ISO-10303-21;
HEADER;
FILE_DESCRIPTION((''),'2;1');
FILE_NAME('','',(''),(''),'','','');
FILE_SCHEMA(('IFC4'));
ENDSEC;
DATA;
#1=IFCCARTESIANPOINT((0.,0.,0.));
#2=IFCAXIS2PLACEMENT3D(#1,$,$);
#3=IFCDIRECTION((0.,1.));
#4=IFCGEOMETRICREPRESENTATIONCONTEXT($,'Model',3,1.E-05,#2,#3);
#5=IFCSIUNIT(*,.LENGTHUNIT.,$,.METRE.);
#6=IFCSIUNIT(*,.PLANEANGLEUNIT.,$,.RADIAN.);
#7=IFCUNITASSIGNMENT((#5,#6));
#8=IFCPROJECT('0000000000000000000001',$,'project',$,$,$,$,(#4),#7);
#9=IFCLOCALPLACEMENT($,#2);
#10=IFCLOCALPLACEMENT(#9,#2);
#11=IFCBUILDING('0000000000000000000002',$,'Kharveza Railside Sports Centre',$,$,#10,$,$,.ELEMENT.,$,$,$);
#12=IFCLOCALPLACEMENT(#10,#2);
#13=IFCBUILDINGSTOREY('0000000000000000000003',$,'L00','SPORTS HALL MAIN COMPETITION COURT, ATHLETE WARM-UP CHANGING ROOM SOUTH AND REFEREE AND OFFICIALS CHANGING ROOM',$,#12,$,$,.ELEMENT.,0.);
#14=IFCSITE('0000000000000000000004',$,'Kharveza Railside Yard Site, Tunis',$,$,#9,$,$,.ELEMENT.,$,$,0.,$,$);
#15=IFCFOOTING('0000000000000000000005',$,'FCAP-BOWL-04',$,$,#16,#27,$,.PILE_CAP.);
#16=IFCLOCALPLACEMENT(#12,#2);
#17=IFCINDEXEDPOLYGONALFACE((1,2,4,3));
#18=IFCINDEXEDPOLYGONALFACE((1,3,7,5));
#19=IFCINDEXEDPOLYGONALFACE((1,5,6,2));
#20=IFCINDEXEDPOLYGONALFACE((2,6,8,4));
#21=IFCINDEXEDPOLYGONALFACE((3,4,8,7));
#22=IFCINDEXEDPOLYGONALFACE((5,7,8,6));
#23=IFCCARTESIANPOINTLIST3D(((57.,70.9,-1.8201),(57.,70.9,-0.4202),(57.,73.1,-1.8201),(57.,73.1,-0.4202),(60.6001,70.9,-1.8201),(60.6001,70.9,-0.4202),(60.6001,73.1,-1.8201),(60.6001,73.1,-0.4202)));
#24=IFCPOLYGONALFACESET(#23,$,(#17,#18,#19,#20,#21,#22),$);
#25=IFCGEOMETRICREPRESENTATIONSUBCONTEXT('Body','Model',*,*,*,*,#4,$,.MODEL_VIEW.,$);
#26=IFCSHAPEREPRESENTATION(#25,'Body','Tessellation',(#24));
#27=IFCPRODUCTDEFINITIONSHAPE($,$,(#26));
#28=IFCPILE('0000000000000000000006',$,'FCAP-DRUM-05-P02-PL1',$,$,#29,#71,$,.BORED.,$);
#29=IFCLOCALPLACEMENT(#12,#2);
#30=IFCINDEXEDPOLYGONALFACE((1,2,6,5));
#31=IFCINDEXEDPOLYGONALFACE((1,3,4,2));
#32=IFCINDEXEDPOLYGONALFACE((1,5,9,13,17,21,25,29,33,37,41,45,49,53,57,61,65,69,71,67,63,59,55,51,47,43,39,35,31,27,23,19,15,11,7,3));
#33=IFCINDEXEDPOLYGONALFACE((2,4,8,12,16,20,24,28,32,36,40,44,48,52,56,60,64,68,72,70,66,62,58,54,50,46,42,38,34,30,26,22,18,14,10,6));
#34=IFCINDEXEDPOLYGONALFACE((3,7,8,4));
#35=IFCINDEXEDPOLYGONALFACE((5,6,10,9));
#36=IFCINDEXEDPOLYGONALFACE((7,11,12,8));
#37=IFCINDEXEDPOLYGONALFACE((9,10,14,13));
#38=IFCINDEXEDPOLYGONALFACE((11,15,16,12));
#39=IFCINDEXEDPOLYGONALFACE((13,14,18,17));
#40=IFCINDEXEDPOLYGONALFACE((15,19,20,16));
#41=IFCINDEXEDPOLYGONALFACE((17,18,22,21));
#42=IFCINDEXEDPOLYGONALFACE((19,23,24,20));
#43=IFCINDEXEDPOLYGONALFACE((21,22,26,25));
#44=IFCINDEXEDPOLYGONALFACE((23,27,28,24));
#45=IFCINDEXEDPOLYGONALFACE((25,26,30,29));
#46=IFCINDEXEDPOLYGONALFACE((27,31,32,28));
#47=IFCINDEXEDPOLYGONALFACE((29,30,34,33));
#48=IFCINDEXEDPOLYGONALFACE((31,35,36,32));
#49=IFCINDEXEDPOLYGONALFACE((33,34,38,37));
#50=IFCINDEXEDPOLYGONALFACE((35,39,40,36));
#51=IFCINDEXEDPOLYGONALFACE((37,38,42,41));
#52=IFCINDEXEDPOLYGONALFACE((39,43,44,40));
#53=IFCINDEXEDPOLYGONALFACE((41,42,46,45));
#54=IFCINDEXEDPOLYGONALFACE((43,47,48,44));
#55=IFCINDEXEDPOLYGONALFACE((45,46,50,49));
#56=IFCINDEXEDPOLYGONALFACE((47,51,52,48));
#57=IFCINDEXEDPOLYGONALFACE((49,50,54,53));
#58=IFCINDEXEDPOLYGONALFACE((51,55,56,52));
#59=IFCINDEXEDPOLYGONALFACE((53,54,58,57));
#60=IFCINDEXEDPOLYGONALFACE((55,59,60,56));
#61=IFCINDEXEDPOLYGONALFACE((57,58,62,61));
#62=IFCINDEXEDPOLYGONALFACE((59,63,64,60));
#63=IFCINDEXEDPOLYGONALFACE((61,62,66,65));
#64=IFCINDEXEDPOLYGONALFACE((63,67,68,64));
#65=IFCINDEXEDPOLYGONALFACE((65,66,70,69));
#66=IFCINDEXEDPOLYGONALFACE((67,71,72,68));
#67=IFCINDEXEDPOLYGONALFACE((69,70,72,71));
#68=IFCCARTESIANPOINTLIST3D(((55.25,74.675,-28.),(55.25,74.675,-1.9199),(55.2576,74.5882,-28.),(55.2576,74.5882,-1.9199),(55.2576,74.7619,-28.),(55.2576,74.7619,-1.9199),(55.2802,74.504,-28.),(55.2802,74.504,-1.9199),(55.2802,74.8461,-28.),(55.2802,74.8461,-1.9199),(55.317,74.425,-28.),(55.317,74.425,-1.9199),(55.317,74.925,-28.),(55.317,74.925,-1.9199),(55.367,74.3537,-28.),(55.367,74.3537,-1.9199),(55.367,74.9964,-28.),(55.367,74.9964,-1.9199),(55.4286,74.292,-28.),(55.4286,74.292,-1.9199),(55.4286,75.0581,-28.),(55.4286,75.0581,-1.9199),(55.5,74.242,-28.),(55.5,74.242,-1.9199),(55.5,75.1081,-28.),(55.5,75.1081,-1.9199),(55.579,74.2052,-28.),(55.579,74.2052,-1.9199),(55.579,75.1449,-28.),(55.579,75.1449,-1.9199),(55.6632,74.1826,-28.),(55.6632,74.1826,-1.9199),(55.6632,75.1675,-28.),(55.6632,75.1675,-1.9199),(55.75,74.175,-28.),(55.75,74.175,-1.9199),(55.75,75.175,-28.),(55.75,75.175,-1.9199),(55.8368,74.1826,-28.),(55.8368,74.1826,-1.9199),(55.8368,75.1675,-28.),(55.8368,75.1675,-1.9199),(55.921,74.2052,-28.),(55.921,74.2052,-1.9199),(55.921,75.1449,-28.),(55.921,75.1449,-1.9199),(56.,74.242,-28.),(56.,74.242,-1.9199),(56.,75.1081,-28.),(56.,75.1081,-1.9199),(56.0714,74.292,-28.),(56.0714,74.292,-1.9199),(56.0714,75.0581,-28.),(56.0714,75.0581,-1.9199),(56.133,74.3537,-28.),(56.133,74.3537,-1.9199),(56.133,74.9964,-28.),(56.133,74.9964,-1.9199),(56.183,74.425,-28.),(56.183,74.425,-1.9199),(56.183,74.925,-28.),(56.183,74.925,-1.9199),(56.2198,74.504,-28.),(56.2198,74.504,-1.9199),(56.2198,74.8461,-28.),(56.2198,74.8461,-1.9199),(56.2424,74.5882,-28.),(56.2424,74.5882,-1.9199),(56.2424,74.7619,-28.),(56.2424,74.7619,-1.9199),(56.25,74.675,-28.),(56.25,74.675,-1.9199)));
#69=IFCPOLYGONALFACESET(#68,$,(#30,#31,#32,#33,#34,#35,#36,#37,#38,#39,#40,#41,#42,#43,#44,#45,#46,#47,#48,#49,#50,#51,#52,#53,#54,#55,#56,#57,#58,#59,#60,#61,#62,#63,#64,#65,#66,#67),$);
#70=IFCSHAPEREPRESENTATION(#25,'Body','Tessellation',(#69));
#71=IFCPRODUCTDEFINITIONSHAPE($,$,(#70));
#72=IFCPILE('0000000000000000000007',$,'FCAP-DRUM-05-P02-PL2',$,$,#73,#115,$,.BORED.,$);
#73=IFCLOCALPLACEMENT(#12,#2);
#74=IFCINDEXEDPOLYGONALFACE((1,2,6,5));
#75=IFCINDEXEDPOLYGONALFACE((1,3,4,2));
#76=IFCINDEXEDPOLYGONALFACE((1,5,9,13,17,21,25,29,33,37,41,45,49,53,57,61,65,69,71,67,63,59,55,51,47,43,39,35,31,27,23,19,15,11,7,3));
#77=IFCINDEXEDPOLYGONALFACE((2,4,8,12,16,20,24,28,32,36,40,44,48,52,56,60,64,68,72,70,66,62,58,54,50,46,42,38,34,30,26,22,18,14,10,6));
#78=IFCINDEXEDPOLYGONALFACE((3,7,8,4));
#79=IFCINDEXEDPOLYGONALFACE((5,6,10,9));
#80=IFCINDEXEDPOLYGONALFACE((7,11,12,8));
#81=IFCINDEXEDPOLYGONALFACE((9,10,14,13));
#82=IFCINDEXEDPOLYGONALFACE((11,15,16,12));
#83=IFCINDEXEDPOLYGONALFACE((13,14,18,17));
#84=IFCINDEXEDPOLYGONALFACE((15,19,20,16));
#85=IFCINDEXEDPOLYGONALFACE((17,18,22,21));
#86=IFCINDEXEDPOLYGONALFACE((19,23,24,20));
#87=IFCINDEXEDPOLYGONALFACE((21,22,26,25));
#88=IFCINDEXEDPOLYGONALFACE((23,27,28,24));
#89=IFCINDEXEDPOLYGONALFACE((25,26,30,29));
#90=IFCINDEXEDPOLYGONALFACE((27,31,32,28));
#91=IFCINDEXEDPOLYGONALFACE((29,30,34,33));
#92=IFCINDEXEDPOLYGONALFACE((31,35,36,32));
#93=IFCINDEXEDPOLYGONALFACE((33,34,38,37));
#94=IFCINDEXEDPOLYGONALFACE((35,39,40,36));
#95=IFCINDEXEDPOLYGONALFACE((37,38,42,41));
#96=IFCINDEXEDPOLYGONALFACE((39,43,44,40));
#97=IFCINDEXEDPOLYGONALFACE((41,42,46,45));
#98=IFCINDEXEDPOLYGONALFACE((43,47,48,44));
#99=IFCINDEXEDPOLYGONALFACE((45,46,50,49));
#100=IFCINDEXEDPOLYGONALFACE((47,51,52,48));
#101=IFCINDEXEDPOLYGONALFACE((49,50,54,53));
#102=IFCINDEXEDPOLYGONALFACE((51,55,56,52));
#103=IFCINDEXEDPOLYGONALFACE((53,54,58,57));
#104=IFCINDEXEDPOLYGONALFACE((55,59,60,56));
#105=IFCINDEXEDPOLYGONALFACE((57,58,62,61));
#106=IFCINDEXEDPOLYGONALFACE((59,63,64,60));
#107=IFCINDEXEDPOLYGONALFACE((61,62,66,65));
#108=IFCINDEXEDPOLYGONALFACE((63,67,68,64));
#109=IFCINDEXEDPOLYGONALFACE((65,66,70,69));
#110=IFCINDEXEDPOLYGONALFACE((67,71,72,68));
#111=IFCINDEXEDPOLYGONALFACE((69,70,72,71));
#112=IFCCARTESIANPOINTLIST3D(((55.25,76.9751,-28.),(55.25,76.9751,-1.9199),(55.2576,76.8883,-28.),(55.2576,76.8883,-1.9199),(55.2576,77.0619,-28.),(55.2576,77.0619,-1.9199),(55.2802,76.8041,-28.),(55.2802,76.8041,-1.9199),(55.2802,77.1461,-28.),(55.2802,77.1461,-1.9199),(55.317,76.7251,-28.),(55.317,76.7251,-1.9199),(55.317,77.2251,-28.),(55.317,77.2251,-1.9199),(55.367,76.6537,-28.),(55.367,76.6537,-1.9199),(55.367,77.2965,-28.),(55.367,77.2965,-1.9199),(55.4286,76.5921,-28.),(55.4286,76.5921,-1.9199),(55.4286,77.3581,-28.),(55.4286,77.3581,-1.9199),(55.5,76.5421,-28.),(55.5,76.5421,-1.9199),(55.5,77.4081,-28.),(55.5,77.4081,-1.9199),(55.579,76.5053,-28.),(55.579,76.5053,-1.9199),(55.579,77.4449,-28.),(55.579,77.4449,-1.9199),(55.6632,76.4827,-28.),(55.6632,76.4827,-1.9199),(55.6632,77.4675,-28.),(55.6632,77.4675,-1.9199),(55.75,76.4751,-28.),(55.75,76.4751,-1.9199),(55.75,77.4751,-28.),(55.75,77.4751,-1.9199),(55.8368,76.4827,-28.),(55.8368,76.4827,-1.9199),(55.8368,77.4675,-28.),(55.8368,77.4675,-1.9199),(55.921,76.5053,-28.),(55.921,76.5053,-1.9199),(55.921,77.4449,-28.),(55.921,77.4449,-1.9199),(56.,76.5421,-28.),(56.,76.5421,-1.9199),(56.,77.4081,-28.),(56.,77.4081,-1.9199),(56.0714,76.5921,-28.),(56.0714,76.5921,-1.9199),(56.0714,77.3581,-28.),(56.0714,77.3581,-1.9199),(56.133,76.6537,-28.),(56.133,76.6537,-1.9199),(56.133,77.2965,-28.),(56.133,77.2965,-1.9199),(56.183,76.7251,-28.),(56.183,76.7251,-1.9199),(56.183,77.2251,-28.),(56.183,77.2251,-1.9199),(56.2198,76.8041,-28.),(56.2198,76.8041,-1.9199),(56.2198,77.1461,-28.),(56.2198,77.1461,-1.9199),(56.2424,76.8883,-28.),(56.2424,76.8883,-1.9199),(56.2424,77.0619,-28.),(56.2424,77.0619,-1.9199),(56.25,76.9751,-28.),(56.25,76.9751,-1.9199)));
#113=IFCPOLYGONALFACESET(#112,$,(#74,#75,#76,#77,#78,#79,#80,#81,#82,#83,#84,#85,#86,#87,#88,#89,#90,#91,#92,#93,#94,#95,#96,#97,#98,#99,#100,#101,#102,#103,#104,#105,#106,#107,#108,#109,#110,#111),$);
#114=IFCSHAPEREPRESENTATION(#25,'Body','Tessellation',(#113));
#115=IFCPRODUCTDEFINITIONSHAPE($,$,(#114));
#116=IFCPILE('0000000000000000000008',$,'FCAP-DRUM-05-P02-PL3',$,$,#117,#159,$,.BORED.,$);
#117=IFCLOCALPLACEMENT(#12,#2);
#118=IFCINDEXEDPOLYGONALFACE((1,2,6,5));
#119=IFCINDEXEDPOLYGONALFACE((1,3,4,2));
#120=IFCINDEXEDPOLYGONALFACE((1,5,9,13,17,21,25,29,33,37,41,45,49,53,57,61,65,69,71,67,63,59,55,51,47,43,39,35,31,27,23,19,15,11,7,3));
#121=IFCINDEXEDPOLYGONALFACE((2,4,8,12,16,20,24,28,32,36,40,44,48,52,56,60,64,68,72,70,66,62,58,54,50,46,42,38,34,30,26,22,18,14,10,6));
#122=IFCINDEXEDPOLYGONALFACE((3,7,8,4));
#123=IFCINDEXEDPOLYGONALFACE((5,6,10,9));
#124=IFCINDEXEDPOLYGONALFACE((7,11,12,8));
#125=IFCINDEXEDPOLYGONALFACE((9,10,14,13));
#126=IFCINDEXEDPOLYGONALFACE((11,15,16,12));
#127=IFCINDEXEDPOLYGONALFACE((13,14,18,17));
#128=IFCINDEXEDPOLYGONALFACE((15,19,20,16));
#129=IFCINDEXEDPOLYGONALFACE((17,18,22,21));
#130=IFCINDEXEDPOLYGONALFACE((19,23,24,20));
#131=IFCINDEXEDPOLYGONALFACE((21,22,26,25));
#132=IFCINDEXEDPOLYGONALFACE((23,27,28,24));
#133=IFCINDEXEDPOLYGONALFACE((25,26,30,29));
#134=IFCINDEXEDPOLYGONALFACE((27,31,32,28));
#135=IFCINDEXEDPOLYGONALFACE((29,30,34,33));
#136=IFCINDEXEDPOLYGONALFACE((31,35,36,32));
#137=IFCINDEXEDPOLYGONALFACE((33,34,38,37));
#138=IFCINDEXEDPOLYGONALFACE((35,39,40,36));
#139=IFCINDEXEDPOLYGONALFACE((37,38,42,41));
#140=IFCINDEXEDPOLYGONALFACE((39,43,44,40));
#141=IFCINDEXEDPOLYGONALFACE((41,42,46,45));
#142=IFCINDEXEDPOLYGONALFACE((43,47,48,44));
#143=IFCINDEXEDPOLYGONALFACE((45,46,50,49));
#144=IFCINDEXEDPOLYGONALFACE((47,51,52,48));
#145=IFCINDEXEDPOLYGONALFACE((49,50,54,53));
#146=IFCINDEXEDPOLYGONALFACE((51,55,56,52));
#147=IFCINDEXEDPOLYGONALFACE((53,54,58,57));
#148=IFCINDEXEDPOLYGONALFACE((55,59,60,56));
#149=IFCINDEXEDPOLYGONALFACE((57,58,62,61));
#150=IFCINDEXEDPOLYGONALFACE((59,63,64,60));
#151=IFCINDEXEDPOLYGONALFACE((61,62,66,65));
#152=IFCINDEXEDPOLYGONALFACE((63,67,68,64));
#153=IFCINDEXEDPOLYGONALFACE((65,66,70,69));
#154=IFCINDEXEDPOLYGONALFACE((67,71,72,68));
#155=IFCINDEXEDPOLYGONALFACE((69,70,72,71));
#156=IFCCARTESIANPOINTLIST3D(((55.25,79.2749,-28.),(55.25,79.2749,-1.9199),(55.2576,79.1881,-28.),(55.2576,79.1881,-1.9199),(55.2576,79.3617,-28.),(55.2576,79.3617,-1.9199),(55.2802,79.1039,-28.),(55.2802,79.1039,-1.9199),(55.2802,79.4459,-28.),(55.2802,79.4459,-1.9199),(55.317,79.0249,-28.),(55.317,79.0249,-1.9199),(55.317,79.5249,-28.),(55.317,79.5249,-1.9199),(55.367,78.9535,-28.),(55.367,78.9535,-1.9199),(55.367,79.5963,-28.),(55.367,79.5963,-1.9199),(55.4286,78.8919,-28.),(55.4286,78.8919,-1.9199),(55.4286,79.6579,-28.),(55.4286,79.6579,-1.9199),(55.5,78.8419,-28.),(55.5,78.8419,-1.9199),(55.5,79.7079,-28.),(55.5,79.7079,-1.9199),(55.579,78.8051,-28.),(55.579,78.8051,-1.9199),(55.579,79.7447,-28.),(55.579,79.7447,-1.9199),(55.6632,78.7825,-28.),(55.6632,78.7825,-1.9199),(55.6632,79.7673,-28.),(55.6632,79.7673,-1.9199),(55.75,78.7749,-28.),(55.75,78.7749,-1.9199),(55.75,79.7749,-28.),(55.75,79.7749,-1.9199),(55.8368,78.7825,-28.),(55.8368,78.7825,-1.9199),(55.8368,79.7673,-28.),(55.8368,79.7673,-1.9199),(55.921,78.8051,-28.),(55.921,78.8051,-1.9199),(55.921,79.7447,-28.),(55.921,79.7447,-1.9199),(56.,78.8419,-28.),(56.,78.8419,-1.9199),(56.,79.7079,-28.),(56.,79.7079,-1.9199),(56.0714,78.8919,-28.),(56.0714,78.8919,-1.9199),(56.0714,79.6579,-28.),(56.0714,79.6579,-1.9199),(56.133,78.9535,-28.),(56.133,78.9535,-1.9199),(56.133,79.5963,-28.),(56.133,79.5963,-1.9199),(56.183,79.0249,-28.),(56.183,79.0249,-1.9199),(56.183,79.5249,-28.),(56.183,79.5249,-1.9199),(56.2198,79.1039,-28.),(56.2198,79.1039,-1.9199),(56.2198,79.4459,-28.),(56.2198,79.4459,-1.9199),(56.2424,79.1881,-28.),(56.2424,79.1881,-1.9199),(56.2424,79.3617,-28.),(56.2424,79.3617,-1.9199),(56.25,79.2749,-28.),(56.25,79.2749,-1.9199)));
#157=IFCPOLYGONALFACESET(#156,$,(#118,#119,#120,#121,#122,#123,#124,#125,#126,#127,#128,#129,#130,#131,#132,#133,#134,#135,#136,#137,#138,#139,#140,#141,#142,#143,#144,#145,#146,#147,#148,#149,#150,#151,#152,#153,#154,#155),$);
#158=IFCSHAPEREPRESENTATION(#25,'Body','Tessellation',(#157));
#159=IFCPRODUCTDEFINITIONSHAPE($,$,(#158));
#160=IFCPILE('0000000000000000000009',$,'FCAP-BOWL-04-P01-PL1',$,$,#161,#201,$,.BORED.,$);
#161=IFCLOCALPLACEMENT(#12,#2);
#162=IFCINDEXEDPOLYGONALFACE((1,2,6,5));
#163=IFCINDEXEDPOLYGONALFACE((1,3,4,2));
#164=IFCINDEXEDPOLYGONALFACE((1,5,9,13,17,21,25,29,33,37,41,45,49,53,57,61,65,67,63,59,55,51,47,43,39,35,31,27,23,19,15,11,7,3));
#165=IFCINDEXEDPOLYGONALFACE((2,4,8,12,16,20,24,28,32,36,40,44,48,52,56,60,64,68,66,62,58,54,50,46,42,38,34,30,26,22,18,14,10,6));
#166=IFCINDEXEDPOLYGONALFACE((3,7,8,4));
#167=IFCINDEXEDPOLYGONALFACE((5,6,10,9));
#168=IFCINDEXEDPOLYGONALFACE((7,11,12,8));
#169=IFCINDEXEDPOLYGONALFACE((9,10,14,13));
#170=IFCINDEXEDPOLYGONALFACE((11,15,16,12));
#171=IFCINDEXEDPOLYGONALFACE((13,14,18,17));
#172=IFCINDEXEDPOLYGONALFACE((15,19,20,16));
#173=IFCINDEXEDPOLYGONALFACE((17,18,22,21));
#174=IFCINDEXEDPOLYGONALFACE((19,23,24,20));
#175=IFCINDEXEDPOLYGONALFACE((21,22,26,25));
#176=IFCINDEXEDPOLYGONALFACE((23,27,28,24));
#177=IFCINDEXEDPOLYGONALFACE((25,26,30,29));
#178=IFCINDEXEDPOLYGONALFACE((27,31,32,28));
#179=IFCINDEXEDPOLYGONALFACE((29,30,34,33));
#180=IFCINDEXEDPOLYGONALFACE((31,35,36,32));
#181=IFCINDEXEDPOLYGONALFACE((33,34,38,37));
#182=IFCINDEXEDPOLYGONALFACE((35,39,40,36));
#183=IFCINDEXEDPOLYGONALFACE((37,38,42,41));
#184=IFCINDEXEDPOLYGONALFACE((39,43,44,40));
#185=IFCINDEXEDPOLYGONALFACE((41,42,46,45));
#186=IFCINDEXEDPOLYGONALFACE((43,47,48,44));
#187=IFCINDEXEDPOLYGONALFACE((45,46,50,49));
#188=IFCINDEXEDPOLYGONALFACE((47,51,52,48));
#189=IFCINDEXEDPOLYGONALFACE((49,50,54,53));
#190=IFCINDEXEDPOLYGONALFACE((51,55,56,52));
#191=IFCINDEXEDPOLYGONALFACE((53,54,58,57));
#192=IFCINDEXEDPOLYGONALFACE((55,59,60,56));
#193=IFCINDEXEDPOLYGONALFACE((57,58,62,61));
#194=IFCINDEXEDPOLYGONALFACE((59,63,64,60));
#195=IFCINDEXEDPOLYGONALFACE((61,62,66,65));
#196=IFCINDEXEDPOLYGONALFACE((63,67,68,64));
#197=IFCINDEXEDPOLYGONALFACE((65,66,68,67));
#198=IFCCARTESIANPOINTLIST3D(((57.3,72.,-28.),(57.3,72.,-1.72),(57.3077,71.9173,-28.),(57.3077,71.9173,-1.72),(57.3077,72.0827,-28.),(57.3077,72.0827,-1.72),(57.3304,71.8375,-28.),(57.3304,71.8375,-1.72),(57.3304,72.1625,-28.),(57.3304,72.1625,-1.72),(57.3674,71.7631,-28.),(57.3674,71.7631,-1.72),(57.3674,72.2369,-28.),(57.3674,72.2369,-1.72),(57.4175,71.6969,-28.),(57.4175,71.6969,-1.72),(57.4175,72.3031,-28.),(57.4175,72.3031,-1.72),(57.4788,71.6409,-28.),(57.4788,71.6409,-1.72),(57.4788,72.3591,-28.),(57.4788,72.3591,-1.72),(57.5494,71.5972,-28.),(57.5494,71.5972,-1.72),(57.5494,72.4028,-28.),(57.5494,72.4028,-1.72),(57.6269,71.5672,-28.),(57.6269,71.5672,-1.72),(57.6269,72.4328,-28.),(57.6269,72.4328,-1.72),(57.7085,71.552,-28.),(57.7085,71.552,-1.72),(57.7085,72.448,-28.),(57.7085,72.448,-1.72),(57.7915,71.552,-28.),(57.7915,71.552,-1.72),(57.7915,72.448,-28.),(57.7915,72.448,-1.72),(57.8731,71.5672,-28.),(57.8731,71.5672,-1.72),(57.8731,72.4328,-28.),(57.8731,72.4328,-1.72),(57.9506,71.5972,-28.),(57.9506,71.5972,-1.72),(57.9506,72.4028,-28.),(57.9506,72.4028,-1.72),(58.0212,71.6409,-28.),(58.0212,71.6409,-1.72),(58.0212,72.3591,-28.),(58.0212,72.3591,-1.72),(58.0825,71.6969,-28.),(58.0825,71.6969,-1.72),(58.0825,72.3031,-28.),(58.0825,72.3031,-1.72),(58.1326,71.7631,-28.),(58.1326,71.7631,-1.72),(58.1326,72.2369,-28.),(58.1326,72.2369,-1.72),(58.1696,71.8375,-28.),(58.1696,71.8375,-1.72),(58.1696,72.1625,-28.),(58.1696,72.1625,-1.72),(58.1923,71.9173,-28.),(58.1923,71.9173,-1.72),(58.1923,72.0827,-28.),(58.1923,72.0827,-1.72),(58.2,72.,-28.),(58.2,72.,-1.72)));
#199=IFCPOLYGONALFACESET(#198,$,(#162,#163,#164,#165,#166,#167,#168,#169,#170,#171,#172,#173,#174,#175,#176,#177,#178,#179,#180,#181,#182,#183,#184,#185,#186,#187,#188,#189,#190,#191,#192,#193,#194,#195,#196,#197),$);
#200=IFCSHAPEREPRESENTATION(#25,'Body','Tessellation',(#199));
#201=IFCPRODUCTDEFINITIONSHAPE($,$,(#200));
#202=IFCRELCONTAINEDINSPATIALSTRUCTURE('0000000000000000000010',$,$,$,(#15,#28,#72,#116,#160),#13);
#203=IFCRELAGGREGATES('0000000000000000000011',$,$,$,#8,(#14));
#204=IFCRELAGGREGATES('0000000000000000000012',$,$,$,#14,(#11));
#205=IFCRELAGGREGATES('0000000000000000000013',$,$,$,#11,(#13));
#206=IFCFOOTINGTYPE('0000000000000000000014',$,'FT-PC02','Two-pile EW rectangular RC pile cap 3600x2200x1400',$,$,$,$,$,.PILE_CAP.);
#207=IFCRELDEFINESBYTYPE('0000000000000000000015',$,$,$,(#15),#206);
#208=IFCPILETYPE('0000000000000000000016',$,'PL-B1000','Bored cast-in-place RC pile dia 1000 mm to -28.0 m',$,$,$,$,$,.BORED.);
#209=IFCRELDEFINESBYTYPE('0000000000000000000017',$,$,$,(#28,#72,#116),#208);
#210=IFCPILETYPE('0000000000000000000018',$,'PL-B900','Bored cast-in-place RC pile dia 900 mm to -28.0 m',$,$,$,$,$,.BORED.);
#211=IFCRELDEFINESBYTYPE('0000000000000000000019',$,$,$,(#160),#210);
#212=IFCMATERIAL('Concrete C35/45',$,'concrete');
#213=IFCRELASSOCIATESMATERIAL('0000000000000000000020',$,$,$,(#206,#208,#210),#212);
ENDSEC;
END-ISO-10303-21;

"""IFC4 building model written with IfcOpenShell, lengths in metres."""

from ifc_helpers import new_model, si_unit, direction, frame, origin, origin_2d, place, context, subcontext, project, spatial, rectangle, circle, extrude, material, material_profile, profile_set, type_object, element, save


model = new_model("IFC4")

# Units and contexts
model_context = context("Model", 3, precision=1e-05, world=origin(), true_north=direction((0.0, 1.0)))
body_context = subcontext(model_context, "Body", "Model", "MODEL_VIEW")
ifc_project = project(units=[si_unit("LENGTHUNIT", "METRE"), si_unit("PLANEANGLEUNIT", "RADIAN")], contexts=[model_context])

# Site, building, storey
site_placement = place(None, origin())
site = spatial("IfcSite", under=ifc_project, at=site_placement, Name="Kharveza Railside Yard Site, Tunis", CompositionType="ELEMENT", RefElevation=0.0)
building_placement = place(site_placement, origin())
building = spatial("IfcBuilding", under=site, at=building_placement, Name="Kharveza Railside Sports Centre", CompositionType="ELEMENT")
storey_placement = place(building_placement, origin())
storey = spatial("IfcBuildingStorey", under=building, at=storey_placement, Name="L00", Description="SPORTS HALL MAIN COMPETITION COURT, ATHLETE WARM-UP CHANGING ROOM SOUTH AND REFEREE AND OFFICIALS CHANGING ROOM", CompositionType="ELEMENT", Elevation=0.0)

# Footing
ifc_material_1 = material(Name="Concrete C35/45", Category="concrete")
footing_type = type_object("IfcFootingType", Name="FT-PC02", Description="Two-pile EW rectangular RC pile cap 3600x2200x1400", PredefinedType="PILE_CAP", material=ifc_material_1)
footing_placement = place(storey_placement, frame((58.8, 72.0, -1.8201), z_axis=(0.0, 0.0, 1.0), x_axis=(1.0, 0.0, 0.0)))
element("IfcFooting", 1, at=footing_placement, inside=storey, type_object=footing_type, Name="FCAP-BOWL-04", PredefinedType="PILE_CAP", context=body_context, shape_type="SweptSolid", body=[
    extrude(rectangle(XDim=3.6001, YDim=2.2, at=origin_2d()), origin(), (0.0, 0.0, 1.0), 1.3999),
])

# Piles
ifc_material_profile_1 = material_profile(ifc_material_1, circle(Radius=0.5, at=origin_2d()), Name="PILE D1000")
ifc_profile_set_1 = profile_set([ifc_material_profile_1], Name="Concrete C35/45")
pile_type_1 = type_object("IfcPileType", Name="PL-B1000", Description="Bored cast-in-place RC pile dia 1000 mm to -28.0 m", PredefinedType="BORED", material=ifc_profile_set_1)
for number, where, z_axis, x_axis, name in (
    (2, (55.75, 74.675, -1.9199), (0.0, 0.0, -1.0), (1.0, 0.0, 0.0), "FCAP-DRUM-05-P02-PL1"),
    (3, (55.75, 76.9751, -1.9199), (0.0, 0.0, -1.0), (1.0, 0.0, 0.0), "FCAP-DRUM-05-P02-PL2"),
    (4, (55.75, 79.2749, -1.9199), (0.0, 0.0, -1.0), (1.0, 0.0, 0.0), "FCAP-DRUM-05-P02-PL3"),
):
    element("IfcPile", number, at=place(storey_placement, frame(where, z_axis=z_axis, x_axis=x_axis)), inside=storey, type_object=pile_type_1, Name=name, PredefinedType="BORED", context=body_context, shape_type="SweptSolid", body=[
        extrude(circle(Radius=0.5, at=origin_2d()), origin(), (0.0, 0.0, 1.0), 26.0801),
    ])
ifc_material_profile_2 = material_profile(ifc_material_1, circle(Radius=0.45, at=origin_2d()), Name="PILE D900")
ifc_profile_set_2 = profile_set([ifc_material_profile_2], Name="Concrete C35/45")
pile_type_2 = type_object("IfcPileType", Name="PL-B900", Description="Bored cast-in-place RC pile dia 900 mm to -28.0 m", PredefinedType="BORED", material=ifc_profile_set_2)
for number, where, z_axis, x_axis, name in (
    (5, (57.75, 72.0, -1.72), (0.0, 0.0, -1.0), (1.0, 0.0, 0.0), "FCAP-BOWL-04-P01-PL1"),
):
    element("IfcPile", number, at=place(storey_placement, frame(where, z_axis=z_axis, x_axis=x_axis)), inside=storey, type_object=pile_type_2, Name=name, PredefinedType="BORED", context=body_context, shape_type="SweptSolid", body=[
        extrude(circle(Radius=0.45, at=origin_2d()), origin(), (0.0, 0.0, 1.0), 26.28),
    ])

save(model, "model.ifc")
